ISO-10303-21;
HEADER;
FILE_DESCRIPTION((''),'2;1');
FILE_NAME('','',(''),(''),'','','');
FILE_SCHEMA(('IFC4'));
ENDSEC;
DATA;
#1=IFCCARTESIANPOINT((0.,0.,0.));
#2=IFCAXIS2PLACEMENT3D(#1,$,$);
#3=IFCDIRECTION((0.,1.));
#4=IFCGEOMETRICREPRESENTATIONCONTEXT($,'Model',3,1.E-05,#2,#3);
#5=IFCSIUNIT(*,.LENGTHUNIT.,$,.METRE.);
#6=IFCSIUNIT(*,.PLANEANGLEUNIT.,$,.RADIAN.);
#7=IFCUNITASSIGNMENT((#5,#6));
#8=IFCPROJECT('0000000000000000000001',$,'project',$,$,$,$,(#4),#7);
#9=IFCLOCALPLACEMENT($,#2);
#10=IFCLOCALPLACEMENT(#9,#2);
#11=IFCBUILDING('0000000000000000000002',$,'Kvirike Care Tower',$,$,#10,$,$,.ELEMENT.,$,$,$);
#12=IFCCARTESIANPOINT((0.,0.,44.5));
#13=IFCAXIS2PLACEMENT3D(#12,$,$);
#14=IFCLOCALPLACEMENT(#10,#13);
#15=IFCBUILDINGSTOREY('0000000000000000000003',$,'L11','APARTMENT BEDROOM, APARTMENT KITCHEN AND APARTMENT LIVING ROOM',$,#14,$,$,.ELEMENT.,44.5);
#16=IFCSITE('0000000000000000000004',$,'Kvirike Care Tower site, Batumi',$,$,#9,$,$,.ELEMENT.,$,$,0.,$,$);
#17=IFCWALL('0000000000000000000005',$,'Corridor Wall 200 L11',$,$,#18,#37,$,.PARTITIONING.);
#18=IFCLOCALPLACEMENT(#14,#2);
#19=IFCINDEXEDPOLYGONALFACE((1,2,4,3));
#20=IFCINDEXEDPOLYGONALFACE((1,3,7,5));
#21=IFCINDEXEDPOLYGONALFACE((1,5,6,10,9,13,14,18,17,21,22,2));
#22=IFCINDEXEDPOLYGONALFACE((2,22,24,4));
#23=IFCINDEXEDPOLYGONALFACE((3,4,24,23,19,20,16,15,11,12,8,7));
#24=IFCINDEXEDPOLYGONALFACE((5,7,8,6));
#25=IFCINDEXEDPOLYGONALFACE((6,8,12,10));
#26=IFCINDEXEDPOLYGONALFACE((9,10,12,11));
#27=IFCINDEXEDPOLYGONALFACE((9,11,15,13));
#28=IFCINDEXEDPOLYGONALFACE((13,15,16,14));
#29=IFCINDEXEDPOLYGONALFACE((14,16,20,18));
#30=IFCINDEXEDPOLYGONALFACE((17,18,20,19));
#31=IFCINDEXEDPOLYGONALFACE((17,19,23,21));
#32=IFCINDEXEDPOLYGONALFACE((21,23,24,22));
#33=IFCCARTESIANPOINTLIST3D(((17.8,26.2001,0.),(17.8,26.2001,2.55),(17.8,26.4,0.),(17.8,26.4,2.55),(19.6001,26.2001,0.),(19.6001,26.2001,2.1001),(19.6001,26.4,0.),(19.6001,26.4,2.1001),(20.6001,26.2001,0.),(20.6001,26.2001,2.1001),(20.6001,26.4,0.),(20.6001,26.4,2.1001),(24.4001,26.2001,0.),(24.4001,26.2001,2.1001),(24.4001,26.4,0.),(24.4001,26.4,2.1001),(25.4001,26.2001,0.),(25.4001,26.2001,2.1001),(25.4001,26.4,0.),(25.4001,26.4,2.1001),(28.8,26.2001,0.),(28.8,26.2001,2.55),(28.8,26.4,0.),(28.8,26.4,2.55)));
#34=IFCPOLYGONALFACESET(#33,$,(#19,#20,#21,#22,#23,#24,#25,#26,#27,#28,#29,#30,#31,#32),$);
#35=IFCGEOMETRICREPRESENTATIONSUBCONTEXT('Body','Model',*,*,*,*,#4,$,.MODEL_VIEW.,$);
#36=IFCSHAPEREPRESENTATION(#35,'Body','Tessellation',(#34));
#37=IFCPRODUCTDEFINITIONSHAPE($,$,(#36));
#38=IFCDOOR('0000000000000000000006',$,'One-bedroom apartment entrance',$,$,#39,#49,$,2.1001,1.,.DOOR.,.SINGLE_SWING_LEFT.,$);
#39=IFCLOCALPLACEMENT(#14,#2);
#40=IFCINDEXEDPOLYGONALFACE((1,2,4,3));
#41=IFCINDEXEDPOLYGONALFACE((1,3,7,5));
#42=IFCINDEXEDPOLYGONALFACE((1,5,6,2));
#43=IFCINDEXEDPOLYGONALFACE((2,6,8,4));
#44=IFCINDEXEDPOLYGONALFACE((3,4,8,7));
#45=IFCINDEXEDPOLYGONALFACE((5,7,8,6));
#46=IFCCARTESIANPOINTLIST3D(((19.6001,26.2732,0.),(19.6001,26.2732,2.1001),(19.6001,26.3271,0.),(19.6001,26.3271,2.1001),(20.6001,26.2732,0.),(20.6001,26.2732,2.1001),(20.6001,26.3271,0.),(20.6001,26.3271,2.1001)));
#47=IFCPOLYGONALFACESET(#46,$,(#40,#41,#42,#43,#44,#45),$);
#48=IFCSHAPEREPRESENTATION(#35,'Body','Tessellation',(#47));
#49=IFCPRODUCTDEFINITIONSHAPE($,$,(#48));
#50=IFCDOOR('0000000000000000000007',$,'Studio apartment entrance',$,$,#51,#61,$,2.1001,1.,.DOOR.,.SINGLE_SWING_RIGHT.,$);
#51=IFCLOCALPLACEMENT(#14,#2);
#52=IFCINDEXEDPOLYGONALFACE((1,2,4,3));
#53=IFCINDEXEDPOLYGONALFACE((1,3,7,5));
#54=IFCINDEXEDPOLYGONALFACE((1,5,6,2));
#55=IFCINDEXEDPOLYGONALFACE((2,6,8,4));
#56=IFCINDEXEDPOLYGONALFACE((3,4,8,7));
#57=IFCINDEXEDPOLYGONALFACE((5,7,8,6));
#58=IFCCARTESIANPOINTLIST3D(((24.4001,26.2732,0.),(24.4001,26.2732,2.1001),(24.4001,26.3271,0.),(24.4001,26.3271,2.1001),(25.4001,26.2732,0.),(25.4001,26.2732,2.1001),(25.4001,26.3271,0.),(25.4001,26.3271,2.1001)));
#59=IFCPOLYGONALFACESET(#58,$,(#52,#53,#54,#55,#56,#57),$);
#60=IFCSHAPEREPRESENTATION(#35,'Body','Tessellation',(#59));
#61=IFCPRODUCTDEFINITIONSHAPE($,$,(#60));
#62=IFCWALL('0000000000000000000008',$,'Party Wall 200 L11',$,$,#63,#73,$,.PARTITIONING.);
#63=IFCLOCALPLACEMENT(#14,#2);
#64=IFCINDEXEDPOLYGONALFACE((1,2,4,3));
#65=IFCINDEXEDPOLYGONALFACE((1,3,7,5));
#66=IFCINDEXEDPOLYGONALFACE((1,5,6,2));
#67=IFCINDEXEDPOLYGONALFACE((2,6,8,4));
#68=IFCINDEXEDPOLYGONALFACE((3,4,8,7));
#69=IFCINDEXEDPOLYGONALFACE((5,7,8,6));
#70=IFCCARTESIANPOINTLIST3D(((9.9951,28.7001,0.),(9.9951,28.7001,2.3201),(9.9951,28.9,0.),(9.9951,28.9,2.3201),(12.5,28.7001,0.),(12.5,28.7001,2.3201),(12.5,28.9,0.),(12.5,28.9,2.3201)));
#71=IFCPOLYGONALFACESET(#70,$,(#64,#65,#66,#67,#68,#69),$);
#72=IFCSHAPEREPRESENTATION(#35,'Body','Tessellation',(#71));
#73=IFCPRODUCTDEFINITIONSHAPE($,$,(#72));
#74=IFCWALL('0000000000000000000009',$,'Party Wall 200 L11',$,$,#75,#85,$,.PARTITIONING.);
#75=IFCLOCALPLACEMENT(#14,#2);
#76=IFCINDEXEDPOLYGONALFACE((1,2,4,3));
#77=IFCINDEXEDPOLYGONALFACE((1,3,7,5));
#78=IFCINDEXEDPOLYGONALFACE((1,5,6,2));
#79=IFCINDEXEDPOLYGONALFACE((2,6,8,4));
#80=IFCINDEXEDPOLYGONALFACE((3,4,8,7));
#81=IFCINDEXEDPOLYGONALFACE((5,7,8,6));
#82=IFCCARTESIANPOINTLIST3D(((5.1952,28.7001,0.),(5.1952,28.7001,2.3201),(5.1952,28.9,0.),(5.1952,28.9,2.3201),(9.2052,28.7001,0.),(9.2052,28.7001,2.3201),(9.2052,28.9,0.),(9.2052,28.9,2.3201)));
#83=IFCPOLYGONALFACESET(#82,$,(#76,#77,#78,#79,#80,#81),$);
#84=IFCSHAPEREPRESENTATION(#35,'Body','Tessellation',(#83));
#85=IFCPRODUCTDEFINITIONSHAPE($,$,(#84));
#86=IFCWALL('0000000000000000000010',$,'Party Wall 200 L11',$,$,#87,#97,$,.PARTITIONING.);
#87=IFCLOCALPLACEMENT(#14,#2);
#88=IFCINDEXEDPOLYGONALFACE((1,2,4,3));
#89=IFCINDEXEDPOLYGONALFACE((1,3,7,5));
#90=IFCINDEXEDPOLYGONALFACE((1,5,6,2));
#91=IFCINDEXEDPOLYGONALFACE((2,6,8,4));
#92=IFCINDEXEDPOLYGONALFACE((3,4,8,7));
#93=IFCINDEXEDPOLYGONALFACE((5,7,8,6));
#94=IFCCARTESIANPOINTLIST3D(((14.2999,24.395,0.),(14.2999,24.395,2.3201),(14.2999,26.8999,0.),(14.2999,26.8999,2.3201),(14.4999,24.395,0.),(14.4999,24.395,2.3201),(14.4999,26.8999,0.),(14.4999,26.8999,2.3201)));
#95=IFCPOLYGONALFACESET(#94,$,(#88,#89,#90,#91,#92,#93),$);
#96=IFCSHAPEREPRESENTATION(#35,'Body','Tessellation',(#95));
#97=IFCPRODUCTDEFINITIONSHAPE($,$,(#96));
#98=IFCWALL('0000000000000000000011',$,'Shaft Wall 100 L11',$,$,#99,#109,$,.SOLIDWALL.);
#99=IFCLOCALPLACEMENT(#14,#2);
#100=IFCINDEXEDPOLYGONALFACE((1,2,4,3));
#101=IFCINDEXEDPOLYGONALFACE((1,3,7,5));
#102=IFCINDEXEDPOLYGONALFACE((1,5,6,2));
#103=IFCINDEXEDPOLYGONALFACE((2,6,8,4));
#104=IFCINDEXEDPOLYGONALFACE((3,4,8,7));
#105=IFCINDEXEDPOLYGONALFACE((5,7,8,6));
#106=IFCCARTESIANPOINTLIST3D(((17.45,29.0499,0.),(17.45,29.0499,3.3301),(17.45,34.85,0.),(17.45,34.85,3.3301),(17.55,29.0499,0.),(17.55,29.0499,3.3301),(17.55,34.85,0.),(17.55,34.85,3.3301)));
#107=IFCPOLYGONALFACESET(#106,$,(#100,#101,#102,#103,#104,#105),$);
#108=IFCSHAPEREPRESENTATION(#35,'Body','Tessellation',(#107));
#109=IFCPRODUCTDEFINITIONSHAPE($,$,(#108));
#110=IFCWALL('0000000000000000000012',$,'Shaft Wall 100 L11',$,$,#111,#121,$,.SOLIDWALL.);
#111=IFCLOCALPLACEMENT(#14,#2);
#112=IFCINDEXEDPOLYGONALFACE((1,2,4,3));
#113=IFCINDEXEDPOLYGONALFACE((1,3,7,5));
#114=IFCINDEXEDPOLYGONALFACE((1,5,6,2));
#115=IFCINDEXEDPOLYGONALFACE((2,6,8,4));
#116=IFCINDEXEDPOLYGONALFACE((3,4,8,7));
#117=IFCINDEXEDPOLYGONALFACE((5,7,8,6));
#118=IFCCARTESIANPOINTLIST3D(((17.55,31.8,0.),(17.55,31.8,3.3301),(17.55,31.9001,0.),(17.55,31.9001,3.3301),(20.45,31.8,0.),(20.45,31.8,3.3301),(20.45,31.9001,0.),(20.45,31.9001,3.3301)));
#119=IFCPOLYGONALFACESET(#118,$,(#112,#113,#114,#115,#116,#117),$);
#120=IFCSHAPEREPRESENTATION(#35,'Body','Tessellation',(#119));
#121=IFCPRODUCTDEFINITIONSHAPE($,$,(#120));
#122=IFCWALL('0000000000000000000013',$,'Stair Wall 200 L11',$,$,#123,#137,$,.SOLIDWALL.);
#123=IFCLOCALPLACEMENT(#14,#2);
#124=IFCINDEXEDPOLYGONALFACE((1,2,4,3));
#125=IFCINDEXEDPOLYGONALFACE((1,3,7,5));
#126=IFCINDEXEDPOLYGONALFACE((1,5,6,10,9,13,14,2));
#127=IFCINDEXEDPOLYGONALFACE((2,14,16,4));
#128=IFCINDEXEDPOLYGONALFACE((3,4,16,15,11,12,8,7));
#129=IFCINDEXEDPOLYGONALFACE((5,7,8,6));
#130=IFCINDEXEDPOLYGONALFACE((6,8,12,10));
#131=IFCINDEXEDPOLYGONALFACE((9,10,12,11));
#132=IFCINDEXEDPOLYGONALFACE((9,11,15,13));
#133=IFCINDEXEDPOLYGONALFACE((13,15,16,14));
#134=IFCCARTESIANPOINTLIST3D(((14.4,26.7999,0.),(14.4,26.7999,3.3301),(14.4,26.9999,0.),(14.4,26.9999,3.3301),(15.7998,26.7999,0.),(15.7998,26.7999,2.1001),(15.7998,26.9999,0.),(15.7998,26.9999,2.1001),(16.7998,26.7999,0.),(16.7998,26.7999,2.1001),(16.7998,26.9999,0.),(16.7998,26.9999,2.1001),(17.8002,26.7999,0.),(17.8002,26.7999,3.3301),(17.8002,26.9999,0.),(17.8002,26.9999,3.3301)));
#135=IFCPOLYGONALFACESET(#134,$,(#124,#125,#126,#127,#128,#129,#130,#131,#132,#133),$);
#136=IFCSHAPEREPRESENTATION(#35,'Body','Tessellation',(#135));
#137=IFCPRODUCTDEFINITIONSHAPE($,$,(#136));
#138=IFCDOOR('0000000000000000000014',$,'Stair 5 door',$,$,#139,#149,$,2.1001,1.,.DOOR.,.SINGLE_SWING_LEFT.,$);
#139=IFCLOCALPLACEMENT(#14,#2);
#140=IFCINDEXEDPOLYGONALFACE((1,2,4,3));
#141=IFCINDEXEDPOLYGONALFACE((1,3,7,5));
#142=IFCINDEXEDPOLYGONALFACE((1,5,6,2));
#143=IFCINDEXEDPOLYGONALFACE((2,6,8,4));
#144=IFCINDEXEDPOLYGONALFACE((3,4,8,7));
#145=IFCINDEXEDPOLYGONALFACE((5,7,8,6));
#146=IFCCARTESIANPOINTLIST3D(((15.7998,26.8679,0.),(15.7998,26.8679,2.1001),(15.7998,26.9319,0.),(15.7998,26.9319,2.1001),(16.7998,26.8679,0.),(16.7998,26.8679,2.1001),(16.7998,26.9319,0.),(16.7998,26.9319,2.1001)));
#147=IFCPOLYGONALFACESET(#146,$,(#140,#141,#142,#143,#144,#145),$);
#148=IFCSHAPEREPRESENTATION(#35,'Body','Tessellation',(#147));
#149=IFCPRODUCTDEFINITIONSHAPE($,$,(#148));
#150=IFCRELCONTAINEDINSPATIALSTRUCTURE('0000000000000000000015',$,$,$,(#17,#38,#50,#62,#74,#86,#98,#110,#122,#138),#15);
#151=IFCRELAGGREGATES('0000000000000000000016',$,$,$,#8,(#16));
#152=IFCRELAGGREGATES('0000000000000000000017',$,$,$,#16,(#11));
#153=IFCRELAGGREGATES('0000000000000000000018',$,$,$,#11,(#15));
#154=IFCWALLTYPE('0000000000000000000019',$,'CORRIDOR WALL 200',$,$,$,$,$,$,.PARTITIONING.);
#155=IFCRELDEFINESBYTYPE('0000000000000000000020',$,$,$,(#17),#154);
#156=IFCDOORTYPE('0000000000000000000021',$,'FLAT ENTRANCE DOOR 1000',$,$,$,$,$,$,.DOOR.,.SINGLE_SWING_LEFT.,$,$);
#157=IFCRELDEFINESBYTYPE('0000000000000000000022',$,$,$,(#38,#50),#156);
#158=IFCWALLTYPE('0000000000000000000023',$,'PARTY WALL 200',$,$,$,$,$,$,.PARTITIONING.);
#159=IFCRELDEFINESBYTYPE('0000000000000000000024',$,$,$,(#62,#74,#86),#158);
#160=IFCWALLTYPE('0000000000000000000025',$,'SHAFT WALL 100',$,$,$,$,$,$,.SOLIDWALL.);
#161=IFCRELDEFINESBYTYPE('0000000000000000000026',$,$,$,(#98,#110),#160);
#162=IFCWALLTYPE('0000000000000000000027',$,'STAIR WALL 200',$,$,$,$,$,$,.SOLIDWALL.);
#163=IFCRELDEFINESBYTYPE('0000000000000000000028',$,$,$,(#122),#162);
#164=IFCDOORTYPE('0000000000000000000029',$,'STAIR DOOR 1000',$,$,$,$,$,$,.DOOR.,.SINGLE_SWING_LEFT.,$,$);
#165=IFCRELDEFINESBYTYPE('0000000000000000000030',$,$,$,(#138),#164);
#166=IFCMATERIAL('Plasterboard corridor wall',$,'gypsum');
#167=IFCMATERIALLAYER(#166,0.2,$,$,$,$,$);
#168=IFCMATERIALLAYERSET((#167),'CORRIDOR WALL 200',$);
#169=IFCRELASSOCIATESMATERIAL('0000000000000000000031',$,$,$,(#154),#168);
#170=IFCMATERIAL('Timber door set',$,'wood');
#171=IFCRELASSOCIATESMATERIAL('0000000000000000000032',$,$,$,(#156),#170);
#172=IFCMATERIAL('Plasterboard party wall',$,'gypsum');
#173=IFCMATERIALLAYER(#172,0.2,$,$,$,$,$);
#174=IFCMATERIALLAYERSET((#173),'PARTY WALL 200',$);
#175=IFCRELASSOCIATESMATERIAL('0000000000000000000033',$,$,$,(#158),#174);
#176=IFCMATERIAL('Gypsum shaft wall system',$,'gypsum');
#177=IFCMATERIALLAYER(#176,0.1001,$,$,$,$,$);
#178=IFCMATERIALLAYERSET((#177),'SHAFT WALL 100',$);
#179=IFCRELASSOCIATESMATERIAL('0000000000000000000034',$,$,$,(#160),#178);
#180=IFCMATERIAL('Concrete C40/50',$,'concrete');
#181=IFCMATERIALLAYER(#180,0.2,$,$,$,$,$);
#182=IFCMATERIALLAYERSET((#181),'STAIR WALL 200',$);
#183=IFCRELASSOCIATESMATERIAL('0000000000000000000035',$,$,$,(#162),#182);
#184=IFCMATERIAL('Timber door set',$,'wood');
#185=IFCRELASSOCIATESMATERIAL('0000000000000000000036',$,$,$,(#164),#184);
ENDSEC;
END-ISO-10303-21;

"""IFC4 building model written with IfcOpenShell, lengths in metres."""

from ifc_helpers import new_model, si_unit, direction, frame, frame_2d, origin, place, context, subcontext, project, spatial, rectangle, extrude, material, layer, layer_set, type_object, element, fill, save


model = new_model("IFC4")

# Units and contexts
model_context = context("Model", 3, precision=1e-05, world=origin(), true_north=direction((0.0, 1.0)))
body_context = subcontext(model_context, "Body", "Model", "MODEL_VIEW")
ifc_project = project(units=[si_unit("LENGTHUNIT", "METRE"), si_unit("PLANEANGLEUNIT", "RADIAN")], contexts=[model_context])

# Site, building, storey
site_placement = place(None, origin())
site = spatial("IfcSite", under=ifc_project, at=site_placement, Name="Kvirike Care Tower site, Batumi", CompositionType="ELEMENT", RefElevation=0.0)
building_placement = place(site_placement, origin())
building = spatial("IfcBuilding", under=site, at=building_placement, Name="Kvirike Care Tower", CompositionType="ELEMENT")
storey_placement = place(building_placement, frame((0.0, 0.0, 44.5)))
storey = spatial("IfcBuildingStorey", under=building, at=storey_placement, Name="L11", Description="APARTMENT BEDROOM, APARTMENT KITCHEN AND APARTMENT LIVING ROOM", CompositionType="ELEMENT", Elevation=44.5)

# Wall, openings, doors
ifc_material_1 = material(Name="Plasterboard corridor wall", Category="gypsum")
ifc_layer_1 = layer(ifc_material_1, 0.2)
ifc_layer_set_1 = layer_set([ifc_layer_1], Name="CORRIDOR WALL 200")
wall_type_1 = type_object("IfcWallType", Name="CORRIDOR WALL 200", PredefinedType="PARTITIONING", material=ifc_layer_set_1)
wall_1_placement = place(storey_placement, frame((17.8, 26.3, 0.0), z_axis=(0.0, 0.0, 1.0), x_axis=(1.0, 0.0, 0.0)))
wall_1 = element("IfcWall", 1, at=wall_1_placement, inside=storey, type_object=wall_type_1, Name="Corridor Wall 200 L11", PredefinedType="PARTITIONING", context=body_context, shape_type="SweptSolid", body=[
    extrude(rectangle(XDim=11.0, YDim=0.2, at=frame_2d((5.5, 0.0))), origin(), (0.0, 0.0, 1.0), 2.55),
])
opening_1_placement = place(wall_1_placement, frame((1.8, 0.0, 0.0)))
opening_1 = element("IfcOpeningElement", 2, at=opening_1_placement, cuts=wall_1, PredefinedType="OPENING", context=body_context, shape_type="SweptSolid", body=[
    extrude(rectangle(XDim=1.0, YDim=2.1001, at=frame_2d((0.5, 1.05))), frame((0.0, 0.1106, 0.0), z_axis=(0.0, -1.0, 0.0), x_axis=(1.0, 0.0, 0.0)), (0.0, 0.0, 1.0), 0.2209),
])
opening_2_placement = place(wall_1_placement, frame((6.6001, 0.0, 0.0)))
opening_2 = element("IfcOpeningElement", 3, at=opening_2_placement, cuts=wall_1, PredefinedType="OPENING", context=body_context, shape_type="SweptSolid", body=[
    extrude(rectangle(XDim=1.0, YDim=2.1001, at=frame_2d((0.5, 1.05))), frame((0.0, 0.1106, 0.0), z_axis=(0.0, -1.0, 0.0), x_axis=(1.0, 0.0, 0.0)), (0.0, 0.0, 1.0), 0.2209),
])
ifc_material_2 = material(Name="Timber door set", Category="wood")
door_type_1 = type_object("IfcDoorType", Name="FLAT ENTRANCE DOOR 1000", OperationType="SINGLE_SWING_LEFT", PredefinedType="DOOR", material=ifc_material_2)
door_1_placement = place(opening_1_placement, frame((1.0, 0.0, 0.0), z_axis=(0.0, 0.0, 1.0), x_axis=(-1.0, 0.0, 0.0)))
door_1 = element("IfcDoor", 4, at=door_1_placement, inside=storey, type_object=door_type_1, Name="One-bedroom apartment entrance", OperationType="SINGLE_SWING_LEFT", OverallHeight=2.1001, OverallWidth=1.0, PredefinedType="DOOR", context=body_context, shape_type="SweptSolid", body=[
    extrude(rectangle(XDim=1.0, YDim=2.1001, at=frame_2d((0.5, 1.05))), frame((0.0, 0.0269, 0.0), z_axis=(0.0, -1.0, 0.0), x_axis=(1.0, 0.0, 0.0)), (0.0, 0.0, 1.0), 0.054),
])
fill(opening_1, door_1)
door_2_placement = place(opening_2_placement, frame((1.0, 0.0, 0.0), z_axis=(0.0, 0.0, 1.0), x_axis=(-1.0, 0.0, 0.0)))
door_2 = element("IfcDoor", 5, at=door_2_placement, inside=storey, type_object=door_type_1, Name="Studio apartment entrance", OperationType="SINGLE_SWING_RIGHT", OverallHeight=2.1001, OverallWidth=1.0, PredefinedType="DOOR", context=body_context, shape_type="SweptSolid", body=[
    extrude(rectangle(XDim=1.0, YDim=2.1001, at=frame_2d((0.5, 1.05))), frame((0.0, 0.0269, 0.0), z_axis=(0.0, -1.0, 0.0), x_axis=(1.0, 0.0, 0.0)), (0.0, 0.0, 1.0), 0.054),
])
fill(opening_2, door_2)

# Walls
ifc_material_3 = material(Name="Plasterboard party wall", Category="gypsum")
ifc_layer_2 = layer(ifc_material_3, 0.2)
ifc_layer_set_2 = layer_set([ifc_layer_2], Name="PARTY WALL 200")
wall_type_2 = type_object("IfcWallType", Name="PARTY WALL 200", PredefinedType="PARTITIONING", material=ifc_layer_set_2)
wall_2_placement = place(storey_placement, frame((12.5, 28.8, 0.0), z_axis=(0.0, 0.0, 1.0), x_axis=(-1.0, 0.0, 0.0)))
element("IfcWall", 6, at=wall_2_placement, inside=storey, type_object=wall_type_2, Name="Party Wall 200 L11", PredefinedType="PARTITIONING", context=body_context, shape_type="SweptSolid", body=[
    extrude(rectangle(XDim=2.5049, YDim=0.2, at=frame_2d((1.2524, 0.0))), origin(), (0.0, 0.0, 1.0), 2.3201),
])
wall_3_placement = place(storey_placement, frame((9.2051, 28.8, 0.0), z_axis=(0.0, 0.0, 1.0), x_axis=(-1.0, 0.0, 0.0)))
element("IfcWall", 7, at=wall_3_placement, inside=storey, type_object=wall_type_2, Name="Party Wall 200 L11", PredefinedType="PARTITIONING", context=body_context, shape_type="SweptSolid", body=[
    extrude(rectangle(XDim=4.01, YDim=0.2, at=frame_2d((2.0049, 0.0))), origin(), (0.0, 0.0, 1.0), 2.3201),
])
wall_4_placement = place(storey_placement, frame((14.3999, 24.395, 0.0), z_axis=(0.0, 0.0, 1.0), x_axis=(0.0, 1.0, 0.0)))
element("IfcWall", 8, at=wall_4_placement, inside=storey, type_object=wall_type_2, Name="Party Wall 200 L11", PredefinedType="PARTITIONING", context=body_context, shape_type="SweptSolid", body=[
    extrude(rectangle(XDim=2.5049, YDim=0.2, at=frame_2d((1.2524, 0.0))), origin(), (0.0, 0.0, 1.0), 2.3201),
])
ifc_material_4 = material(Name="Gypsum shaft wall system", Category="gypsum")
ifc_layer_3 = layer(ifc_material_4, 0.1001)
ifc_layer_set_3 = layer_set([ifc_layer_3], Name="SHAFT WALL 100")
wall_type_3 = type_object("IfcWallType", Name="SHAFT WALL 100", PredefinedType="SOLIDWALL", material=ifc_layer_set_3)
wall_5_placement = place(storey_placement, frame((17.5, 29.05, 0.0), z_axis=(0.0, 0.0, 1.0), x_axis=(0.0, 1.0, 0.0)))
element("IfcWall", 9, at=wall_5_placement, inside=storey, type_object=wall_type_3, Name="Shaft Wall 100 L11", PredefinedType="SOLIDWALL", context=body_context, shape_type="SweptSolid", body=[
    extrude(rectangle(XDim=5.8, YDim=0.1001, at=frame_2d((2.8999, 0.0))), origin(), (0.0, 0.0, 1.0), 3.3301),
])
wall_6_placement = place(storey_placement, frame((17.55, 31.8501, 0.0), z_axis=(0.0, 0.0, 1.0), x_axis=(1.0, 0.0, 0.0)))
element("IfcWall", 10, at=wall_6_placement, inside=storey, type_object=wall_type_3, Name="Shaft Wall 100 L11", PredefinedType="SOLIDWALL", context=body_context, shape_type="SweptSolid", body=[
    extrude(rectangle(XDim=2.8999, YDim=0.1001, at=frame_2d((1.45, 0.0))), origin(), (0.0, 0.0, 1.0), 3.3301),
])

# Wall, opening, door
ifc_material_5 = material(Name="Concrete C40/50", Category="concrete")
ifc_layer_4 = layer(ifc_material_5, 0.2)
ifc_layer_set_4 = layer_set([ifc_layer_4], Name="STAIR WALL 200")
wall_type_4 = type_object("IfcWallType", Name="STAIR WALL 200", PredefinedType="SOLIDWALL", material=ifc_layer_set_4)
wall_7_placement = place(storey_placement, frame((14.3999, 26.8999, 0.0), z_axis=(0.0, 0.0, 1.0), x_axis=(1.0, 0.0, 0.0)))
wall_7 = element("IfcWall", 11, at=wall_7_placement, inside=storey, type_object=wall_type_4, Name="Stair Wall 200 L11", PredefinedType="SOLIDWALL", context=body_context, shape_type="SweptSolid", body=[
    extrude(rectangle(XDim=3.4001, YDim=0.2, at=frame_2d((1.7002, 0.0))), origin(), (0.0, 0.0, 1.0), 3.3301),
])
opening_3_placement = place(wall_7_placement, frame((1.3999, 0.0, 0.0)))
opening_3 = element("IfcOpeningElement", 12, at=opening_3_placement, cuts=wall_7, PredefinedType="OPENING", context=body_context, shape_type="SweptSolid", body=[
    extrude(rectangle(XDim=1.0, YDim=2.1001, at=frame_2d((0.5, 1.05))), frame((0.0, 0.1106, 0.0), z_axis=(0.0, -1.0, 0.0), x_axis=(1.0, 0.0, 0.0)), (0.0, 0.0, 1.0), 0.2209),
])
ifc_material_6 = material(Name="Timber door set", Category="wood")
door_type_2 = type_object("IfcDoorType", Name="STAIR DOOR 1000", OperationType="SINGLE_SWING_LEFT", PredefinedType="DOOR", material=ifc_material_6)
door_3_placement = place(opening_3_placement, frame((1.0, 0.0, 0.0), z_axis=(0.0, 0.0, 1.0), x_axis=(-1.0, 0.0, 0.0)))
door_3 = element("IfcDoor", 13, at=door_3_placement, inside=storey, type_object=door_type_2, Name="Stair 5 door", OperationType="SINGLE_SWING_LEFT", OverallHeight=2.1001, OverallWidth=1.0, PredefinedType="DOOR", context=body_context, shape_type="SweptSolid", body=[
    extrude(rectangle(XDim=1.0, YDim=2.1001, at=frame_2d((0.5, 1.05))), frame((0.0, 0.032, 0.0), z_axis=(0.0, -1.0, 0.0), x_axis=(1.0, 0.0, 0.0)), (0.0, 0.0, 1.0), 0.064),
])
fill(opening_3, door_3)

save(model, "model.ifc")
